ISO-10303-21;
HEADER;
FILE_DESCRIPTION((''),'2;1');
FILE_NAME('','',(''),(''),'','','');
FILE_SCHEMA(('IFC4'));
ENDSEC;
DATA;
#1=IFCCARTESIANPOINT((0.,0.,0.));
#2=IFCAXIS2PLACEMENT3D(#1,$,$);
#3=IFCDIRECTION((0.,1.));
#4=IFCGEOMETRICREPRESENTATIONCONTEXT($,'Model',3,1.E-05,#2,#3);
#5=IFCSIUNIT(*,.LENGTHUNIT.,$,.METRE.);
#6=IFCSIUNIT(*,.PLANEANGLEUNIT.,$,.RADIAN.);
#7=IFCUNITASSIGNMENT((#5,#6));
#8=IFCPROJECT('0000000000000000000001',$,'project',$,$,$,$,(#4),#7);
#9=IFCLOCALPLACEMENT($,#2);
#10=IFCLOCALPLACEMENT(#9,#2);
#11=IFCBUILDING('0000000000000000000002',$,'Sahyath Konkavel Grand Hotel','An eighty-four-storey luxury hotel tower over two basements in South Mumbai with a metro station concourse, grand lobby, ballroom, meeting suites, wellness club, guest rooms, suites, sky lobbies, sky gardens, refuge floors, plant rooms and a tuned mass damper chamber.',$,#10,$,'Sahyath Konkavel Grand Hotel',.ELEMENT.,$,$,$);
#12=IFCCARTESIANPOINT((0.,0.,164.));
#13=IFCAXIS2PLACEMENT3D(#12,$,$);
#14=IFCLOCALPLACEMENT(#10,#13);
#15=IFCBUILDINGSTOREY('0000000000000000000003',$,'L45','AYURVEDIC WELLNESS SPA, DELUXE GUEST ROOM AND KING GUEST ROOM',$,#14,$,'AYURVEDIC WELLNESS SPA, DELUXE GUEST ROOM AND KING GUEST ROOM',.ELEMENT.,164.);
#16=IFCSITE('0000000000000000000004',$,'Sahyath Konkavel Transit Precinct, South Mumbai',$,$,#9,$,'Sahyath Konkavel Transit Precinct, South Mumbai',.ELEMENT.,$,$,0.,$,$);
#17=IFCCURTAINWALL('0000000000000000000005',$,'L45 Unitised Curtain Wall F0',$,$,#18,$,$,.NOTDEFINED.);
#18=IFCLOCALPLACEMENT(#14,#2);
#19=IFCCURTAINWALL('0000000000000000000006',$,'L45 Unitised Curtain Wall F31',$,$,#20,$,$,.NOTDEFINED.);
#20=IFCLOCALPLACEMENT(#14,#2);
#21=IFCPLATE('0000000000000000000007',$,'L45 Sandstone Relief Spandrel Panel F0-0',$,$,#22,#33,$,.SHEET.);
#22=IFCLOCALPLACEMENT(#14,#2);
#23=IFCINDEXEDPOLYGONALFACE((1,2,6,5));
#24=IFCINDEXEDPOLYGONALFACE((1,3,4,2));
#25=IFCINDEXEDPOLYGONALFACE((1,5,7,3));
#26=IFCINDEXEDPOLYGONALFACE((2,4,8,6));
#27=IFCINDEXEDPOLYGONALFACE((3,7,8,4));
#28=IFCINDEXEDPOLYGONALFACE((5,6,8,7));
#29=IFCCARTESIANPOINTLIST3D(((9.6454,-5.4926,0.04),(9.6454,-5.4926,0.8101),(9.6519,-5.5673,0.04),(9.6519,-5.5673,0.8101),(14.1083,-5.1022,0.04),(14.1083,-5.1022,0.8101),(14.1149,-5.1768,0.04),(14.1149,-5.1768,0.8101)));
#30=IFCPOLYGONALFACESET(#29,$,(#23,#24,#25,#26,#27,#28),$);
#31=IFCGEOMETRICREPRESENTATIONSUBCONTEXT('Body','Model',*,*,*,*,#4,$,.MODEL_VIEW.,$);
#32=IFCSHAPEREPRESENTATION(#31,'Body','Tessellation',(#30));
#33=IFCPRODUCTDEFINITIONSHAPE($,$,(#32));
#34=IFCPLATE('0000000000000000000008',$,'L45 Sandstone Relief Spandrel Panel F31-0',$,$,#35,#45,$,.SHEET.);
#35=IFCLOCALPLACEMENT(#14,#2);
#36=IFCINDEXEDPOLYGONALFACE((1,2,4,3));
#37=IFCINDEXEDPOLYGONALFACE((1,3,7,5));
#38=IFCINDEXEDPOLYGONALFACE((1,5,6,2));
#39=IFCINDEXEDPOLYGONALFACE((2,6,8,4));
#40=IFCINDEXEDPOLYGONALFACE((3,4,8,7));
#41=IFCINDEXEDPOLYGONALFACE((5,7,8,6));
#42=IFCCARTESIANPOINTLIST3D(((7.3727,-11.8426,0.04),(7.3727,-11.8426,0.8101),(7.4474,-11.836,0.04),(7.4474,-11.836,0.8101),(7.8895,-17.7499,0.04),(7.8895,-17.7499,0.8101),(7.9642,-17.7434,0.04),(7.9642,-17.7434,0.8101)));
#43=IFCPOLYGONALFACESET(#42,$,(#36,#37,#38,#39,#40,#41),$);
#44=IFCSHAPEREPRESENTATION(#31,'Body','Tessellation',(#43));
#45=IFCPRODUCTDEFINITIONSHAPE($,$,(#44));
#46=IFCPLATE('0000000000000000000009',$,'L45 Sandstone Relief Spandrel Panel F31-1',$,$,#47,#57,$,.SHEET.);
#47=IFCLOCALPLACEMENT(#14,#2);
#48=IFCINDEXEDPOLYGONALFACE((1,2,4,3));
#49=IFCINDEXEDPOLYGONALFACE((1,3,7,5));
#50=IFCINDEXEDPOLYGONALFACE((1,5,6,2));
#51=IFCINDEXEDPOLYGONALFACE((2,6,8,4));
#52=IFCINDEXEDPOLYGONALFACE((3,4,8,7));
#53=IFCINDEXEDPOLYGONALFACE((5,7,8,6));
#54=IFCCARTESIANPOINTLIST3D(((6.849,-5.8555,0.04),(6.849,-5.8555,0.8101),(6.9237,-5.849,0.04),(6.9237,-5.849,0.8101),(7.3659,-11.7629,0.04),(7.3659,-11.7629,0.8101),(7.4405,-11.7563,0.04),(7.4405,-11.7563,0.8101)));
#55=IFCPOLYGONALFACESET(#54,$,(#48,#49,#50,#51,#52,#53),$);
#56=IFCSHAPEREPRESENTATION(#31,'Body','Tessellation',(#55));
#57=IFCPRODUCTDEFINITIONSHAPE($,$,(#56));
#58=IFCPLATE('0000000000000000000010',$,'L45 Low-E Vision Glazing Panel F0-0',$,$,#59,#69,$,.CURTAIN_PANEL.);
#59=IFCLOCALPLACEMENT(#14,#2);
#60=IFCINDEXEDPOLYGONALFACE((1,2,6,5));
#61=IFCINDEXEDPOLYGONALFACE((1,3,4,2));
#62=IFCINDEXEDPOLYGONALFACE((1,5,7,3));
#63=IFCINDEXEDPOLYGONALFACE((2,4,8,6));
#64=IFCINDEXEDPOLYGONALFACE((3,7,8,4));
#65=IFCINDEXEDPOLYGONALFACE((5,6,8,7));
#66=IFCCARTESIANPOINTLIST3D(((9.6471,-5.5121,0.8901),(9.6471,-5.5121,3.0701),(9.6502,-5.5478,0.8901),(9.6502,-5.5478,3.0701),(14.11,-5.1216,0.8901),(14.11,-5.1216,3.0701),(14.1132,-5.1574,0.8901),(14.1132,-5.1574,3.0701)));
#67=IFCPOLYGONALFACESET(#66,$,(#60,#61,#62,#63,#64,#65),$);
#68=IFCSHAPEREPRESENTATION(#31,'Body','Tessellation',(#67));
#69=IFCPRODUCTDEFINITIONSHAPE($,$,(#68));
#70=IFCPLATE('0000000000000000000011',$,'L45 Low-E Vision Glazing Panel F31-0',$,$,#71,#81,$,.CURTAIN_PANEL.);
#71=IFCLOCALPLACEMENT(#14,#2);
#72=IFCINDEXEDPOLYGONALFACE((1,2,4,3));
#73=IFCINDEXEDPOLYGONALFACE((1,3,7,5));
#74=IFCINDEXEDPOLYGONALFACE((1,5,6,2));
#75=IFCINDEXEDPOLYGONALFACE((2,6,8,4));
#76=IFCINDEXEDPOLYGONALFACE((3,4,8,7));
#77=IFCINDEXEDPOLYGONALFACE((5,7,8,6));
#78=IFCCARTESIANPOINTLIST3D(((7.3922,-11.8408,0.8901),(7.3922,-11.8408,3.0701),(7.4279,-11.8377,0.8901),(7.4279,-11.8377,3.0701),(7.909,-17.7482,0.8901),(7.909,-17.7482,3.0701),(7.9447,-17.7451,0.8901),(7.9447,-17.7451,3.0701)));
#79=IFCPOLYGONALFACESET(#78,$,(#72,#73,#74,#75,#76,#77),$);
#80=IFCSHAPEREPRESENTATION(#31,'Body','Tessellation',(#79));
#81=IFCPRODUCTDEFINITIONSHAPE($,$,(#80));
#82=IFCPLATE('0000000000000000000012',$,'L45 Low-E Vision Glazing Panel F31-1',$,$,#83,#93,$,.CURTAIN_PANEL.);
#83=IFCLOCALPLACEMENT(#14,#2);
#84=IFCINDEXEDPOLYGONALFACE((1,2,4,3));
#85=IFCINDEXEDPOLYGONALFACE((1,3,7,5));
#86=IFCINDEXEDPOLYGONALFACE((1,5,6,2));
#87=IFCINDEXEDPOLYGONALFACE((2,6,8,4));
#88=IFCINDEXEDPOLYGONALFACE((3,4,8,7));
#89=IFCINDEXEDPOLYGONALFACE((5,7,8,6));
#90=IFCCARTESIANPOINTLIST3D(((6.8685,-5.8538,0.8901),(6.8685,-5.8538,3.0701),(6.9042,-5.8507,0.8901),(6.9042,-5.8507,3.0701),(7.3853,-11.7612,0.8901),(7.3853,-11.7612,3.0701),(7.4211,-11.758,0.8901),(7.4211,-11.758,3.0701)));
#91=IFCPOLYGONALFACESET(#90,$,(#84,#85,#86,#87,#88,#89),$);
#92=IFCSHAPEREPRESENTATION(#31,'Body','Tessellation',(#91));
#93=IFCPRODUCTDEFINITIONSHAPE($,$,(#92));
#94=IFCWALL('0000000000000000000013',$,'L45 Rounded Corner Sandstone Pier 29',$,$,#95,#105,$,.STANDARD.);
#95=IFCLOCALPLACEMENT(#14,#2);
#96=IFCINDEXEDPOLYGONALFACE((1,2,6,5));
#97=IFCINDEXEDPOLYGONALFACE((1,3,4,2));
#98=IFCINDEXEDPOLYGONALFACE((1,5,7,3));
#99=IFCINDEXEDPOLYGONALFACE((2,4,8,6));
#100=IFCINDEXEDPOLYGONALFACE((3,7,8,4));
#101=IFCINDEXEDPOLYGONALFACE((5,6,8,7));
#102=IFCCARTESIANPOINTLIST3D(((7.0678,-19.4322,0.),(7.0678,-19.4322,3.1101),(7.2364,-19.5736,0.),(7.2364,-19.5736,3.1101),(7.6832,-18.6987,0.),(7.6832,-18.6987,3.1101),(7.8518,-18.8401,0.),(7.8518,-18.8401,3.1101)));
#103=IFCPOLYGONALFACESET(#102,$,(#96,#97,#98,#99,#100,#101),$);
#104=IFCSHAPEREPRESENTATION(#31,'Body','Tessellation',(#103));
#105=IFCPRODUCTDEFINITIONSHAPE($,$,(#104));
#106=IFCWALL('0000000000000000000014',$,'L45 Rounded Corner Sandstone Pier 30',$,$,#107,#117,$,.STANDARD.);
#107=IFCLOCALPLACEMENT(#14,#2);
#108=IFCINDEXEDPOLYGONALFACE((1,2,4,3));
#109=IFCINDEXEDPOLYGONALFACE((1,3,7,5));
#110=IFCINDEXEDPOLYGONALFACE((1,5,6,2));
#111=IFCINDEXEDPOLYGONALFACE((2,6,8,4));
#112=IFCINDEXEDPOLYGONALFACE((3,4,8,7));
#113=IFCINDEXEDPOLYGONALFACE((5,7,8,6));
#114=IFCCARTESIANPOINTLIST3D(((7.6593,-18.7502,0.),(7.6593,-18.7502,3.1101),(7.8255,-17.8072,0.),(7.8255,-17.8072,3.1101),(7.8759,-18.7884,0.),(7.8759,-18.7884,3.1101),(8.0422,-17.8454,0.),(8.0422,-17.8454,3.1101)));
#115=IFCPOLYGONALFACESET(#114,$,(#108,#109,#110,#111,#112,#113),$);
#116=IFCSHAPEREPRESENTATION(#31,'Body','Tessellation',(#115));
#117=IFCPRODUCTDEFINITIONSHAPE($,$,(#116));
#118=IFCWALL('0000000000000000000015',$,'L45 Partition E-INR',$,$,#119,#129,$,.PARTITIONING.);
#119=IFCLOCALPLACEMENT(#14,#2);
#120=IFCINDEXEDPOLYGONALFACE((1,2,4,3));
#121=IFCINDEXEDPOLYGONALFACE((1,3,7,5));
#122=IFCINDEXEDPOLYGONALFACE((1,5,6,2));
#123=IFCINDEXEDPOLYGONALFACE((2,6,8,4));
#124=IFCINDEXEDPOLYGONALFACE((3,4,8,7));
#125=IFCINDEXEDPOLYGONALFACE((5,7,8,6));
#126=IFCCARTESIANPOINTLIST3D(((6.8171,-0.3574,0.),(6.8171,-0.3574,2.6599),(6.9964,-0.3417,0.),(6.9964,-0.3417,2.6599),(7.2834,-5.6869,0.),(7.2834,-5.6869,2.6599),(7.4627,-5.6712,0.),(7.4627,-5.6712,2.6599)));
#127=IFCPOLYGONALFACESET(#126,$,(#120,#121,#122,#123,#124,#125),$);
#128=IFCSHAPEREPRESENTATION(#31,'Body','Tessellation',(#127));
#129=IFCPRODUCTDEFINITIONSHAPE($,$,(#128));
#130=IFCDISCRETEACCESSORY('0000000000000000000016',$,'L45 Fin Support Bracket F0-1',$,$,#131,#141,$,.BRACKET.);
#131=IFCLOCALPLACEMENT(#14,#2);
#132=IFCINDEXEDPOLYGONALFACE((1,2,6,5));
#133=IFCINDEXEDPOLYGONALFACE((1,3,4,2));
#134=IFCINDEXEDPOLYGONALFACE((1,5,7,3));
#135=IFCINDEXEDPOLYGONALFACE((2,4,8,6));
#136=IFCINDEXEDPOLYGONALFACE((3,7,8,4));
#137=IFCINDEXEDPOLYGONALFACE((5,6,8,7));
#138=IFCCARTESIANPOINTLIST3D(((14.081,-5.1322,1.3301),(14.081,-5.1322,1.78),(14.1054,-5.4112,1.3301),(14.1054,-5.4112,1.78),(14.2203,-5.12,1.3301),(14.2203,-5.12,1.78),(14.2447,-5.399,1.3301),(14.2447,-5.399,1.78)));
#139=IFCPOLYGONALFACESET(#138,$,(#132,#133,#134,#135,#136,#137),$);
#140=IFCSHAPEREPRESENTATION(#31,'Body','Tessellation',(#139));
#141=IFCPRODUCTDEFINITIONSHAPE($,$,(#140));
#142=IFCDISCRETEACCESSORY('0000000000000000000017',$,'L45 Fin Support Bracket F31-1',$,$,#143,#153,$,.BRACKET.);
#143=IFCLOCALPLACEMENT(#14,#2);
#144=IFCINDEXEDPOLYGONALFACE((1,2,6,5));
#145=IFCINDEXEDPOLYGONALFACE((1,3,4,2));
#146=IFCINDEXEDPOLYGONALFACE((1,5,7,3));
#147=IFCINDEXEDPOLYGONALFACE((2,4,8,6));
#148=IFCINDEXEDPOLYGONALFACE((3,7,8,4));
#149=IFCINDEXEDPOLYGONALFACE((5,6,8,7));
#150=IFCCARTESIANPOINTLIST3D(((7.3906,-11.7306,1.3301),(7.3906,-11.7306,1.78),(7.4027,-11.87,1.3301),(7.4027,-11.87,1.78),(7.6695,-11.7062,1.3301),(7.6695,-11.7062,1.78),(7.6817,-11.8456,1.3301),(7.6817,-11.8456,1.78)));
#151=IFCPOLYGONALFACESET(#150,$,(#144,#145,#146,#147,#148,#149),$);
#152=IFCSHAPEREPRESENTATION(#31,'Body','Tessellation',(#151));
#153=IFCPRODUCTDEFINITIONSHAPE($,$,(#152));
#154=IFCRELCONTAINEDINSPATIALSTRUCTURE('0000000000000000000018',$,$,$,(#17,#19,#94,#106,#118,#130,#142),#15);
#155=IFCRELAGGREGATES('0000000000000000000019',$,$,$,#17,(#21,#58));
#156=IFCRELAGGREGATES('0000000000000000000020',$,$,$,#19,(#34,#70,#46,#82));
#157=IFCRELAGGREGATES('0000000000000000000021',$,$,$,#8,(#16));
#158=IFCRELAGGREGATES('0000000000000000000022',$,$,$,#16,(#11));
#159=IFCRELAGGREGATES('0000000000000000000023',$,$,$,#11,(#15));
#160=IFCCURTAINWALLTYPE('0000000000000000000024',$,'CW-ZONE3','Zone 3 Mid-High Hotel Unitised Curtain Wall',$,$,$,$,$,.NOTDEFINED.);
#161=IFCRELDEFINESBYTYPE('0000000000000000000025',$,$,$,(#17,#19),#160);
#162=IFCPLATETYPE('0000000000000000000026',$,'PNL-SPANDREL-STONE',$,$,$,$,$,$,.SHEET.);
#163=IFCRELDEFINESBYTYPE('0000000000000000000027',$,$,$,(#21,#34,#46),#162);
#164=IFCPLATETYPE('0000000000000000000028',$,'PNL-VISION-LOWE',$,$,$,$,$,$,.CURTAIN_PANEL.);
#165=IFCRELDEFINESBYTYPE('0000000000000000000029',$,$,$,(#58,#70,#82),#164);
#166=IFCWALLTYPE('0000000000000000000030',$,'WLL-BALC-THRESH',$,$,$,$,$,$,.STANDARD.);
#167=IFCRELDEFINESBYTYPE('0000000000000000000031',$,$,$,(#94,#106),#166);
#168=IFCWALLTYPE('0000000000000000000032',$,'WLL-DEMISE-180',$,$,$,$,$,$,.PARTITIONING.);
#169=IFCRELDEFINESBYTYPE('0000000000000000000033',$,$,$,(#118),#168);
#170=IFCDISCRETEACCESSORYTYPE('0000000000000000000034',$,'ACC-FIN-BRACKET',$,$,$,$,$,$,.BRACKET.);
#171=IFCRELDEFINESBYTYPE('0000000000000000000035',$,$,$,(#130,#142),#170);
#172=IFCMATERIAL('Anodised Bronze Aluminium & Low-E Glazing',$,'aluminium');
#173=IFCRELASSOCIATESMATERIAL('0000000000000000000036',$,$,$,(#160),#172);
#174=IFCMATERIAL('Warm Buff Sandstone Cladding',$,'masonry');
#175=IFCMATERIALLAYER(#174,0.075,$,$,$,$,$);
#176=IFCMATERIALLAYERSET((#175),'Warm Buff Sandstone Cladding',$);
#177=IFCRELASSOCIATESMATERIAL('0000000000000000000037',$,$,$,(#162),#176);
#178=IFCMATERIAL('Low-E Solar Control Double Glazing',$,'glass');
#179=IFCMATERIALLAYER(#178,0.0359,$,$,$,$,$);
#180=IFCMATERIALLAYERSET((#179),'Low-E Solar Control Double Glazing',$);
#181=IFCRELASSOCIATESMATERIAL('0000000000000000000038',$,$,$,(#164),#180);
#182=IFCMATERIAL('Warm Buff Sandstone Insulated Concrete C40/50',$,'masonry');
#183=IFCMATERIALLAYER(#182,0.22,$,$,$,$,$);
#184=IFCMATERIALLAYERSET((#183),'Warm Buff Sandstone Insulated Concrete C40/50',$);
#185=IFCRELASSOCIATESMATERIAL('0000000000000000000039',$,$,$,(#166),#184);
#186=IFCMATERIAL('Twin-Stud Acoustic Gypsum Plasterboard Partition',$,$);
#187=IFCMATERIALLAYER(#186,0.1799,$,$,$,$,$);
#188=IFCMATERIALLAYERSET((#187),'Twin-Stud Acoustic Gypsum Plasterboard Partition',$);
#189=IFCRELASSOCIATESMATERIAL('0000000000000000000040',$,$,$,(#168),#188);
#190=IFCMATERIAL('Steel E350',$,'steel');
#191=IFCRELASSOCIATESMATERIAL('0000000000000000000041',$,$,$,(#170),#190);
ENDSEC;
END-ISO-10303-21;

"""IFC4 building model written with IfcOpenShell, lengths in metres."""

from ifc_helpers import new_model, si_unit, direction, frame, frame_2d, origin, origin_2d, place, context, subcontext, project, spatial, rectangle, extrude, source, transform, mapped, material, layer, layer_set, type_object, element, aggregate, save


model = new_model("IFC4")

# Units and contexts
model_context = context("Model", 3, precision=1e-05, world=origin(), true_north=direction((0.0, 1.0)))
body_context = subcontext(model_context, "Body", "Model", "MODEL_VIEW")
ifc_project = project(units=[si_unit("LENGTHUNIT", "METRE"), si_unit("PLANEANGLEUNIT", "RADIAN")], contexts=[model_context])

# Site, building, storey
site_placement = place(None, origin())
site = spatial("IfcSite", under=ifc_project, at=site_placement, Name="Sahyath Konkavel Transit Precinct, South Mumbai", LongName="Sahyath Konkavel Transit Precinct, South Mumbai", CompositionType="ELEMENT", RefElevation=0.0)
building_placement = place(site_placement, origin())
building = spatial("IfcBuilding", under=site, at=building_placement, Name="Sahyath Konkavel Grand Hotel", Description="An eighty-four-storey luxury hotel tower over two basements in South Mumbai with a metro station concourse, grand lobby, ballroom, meeting suites, wellness club, guest rooms, suites, sky lobbies, sky gardens, refuge floors, plant rooms and a tuned mass damper chamber.", LongName="Sahyath Konkavel Grand Hotel", CompositionType="ELEMENT")
storey_placement = place(building_placement, frame((0.0, 0.0, 164.0)))
storey = spatial("IfcBuildingStorey", under=building, at=storey_placement, Name="L45", Description="AYURVEDIC WELLNESS SPA, DELUXE GUEST ROOM AND KING GUEST ROOM", LongName="AYURVEDIC WELLNESS SPA, DELUXE GUEST ROOM AND KING GUEST ROOM", CompositionType="ELEMENT", Elevation=164.0)

# Curtain walls
ifc_material_1 = material(Name="Anodised Bronze Aluminium & Low-E Glazing", Category="aluminium")
curtain_wall_type = type_object("IfcCurtainWallType", Name="CW-ZONE3", Description="Zone 3 Mid-High Hotel Unitised Curtain Wall", PredefinedType="NOTDEFINED", material=ifc_material_1)
curtain_wall_1_placement = place(storey_placement, origin())
curtain_wall_1 = element("IfcCurtainWall", 1, at=curtain_wall_1_placement, inside=storey, type_object=curtain_wall_type, Name="L45 Unitised Curtain Wall F0", PredefinedType="NOTDEFINED")
curtain_wall_2_placement = place(storey_placement, origin())
curtain_wall_2 = element("IfcCurtainWall", 2, at=curtain_wall_2_placement, inside=storey, type_object=curtain_wall_type, Name="L45 Unitised Curtain Wall F31", PredefinedType="NOTDEFINED")

# Plates
ifc_material_2 = material(Name="Warm Buff Sandstone Cladding", Category="masonry")
ifc_layer_1 = layer(ifc_material_2, 0.075)
ifc_layer_set_1 = layer_set([ifc_layer_1], Name="Warm Buff Sandstone Cladding")
plate_type_1 = type_object("IfcPlateType", Name="PNL-SPANDREL-STONE", PredefinedType="SHEET", material=ifc_layer_set_1)
shared_shape_1 = source(origin(), body_context, "Body", "SweptSolid", [
    extrude(rectangle(XDim=4.48, YDim=0.075, at=origin_2d()), origin(), (0.0, 0.0, 1.0), 0.77),
])
plate_1_placement = place(storey_placement, frame((11.8801, -5.3347, 0.04), z_axis=(0.0, 0.0, 1.0), x_axis=(0.996195, 0.087156, 0.0)))
plate_1 = element("IfcPlate", 3, at=plate_1_placement, type_object=plate_type_1, Name="L45 Sandstone Relief Spandrel Panel F0-0", PredefinedType="SHEET", context=body_context, shape_type="MappedRepresentation", body=[
    mapped(shared_shape_1, transform((0.0, 0.0, 0.0), scale=1.0)),
])
shared_shape_2 = source(origin(), body_context, "Body", "SweptSolid", [
    extrude(rectangle(XDim=5.9299, YDim=0.075, at=origin_2d()), origin(), (0.0, 0.0, 1.0), 0.77),
])
plate_2_placement = place(storey_placement, frame((7.6685, -14.793, 0.04), z_axis=(0.0, 0.0, 1.0), x_axis=(-0.087156, 0.996195, 0.0)))
plate_2 = element("IfcPlate", 4, at=plate_2_placement, type_object=plate_type_1, Name="L45 Sandstone Relief Spandrel Panel F31-0", PredefinedType="SHEET", context=body_context, shape_type="MappedRepresentation", body=[
    mapped(shared_shape_2, transform((0.0, 0.0, 0.0), scale=1.0)),
])
plate_3_placement = place(storey_placement, frame((7.1448, -8.8059, 0.04), z_axis=(0.0, 0.0, 1.0), x_axis=(-0.087156, 0.996195, 0.0)))
plate_3 = element("IfcPlate", 5, at=plate_3_placement, type_object=plate_type_1, Name="L45 Sandstone Relief Spandrel Panel F31-1", PredefinedType="SHEET", context=body_context, shape_type="MappedRepresentation", body=[
    mapped(shared_shape_2, transform((0.0, 0.0, 0.0), scale=1.0)),
])
ifc_material_3 = material(Name="Low-E Solar Control Double Glazing", Category="glass")
ifc_layer_2 = layer(ifc_material_3, 0.0359)
ifc_layer_set_2 = layer_set([ifc_layer_2], Name="Low-E Solar Control Double Glazing")
plate_type_2 = type_object("IfcPlateType", Name="PNL-VISION-LOWE", PredefinedType="CURTAIN_PANEL", material=ifc_layer_set_2)
shared_shape_3 = source(origin(), body_context, "Body", "SweptSolid", [
    extrude(rectangle(XDim=4.48, YDim=0.0359, at=origin_2d()), origin(), (0.0, 0.0, 1.0), 2.1799),
])
plate_4_placement = place(storey_placement, frame((11.8801, -5.3347, 0.8901), z_axis=(0.0, 0.0, 1.0), x_axis=(0.996195, 0.087156, 0.0)))
plate_4 = element("IfcPlate", 6, at=plate_4_placement, type_object=plate_type_2, Name="L45 Low-E Vision Glazing Panel F0-0", PredefinedType="CURTAIN_PANEL", context=body_context, shape_type="MappedRepresentation", body=[
    mapped(shared_shape_3, transform((0.0, 0.0, 0.0), scale=1.0)),
])
aggregate(curtain_wall_1, [plate_1, plate_4])
shared_shape_4 = source(origin(), body_context, "Body", "SweptSolid", [
    extrude(rectangle(XDim=5.9299, YDim=0.0359, at=origin_2d()), origin(), (0.0, 0.0, 1.0), 2.1799),
])
plate_5_placement = place(storey_placement, frame((7.6685, -14.793, 0.8901), z_axis=(0.0, 0.0, 1.0), x_axis=(-0.087156, 0.996195, 0.0)))
plate_5 = element("IfcPlate", 7, at=plate_5_placement, type_object=plate_type_2, Name="L45 Low-E Vision Glazing Panel F31-0", PredefinedType="CURTAIN_PANEL", context=body_context, shape_type="MappedRepresentation", body=[
    mapped(shared_shape_4, transform((0.0, 0.0, 0.0), scale=1.0)),
])
plate_6_placement = place(storey_placement, frame((7.1448, -8.8059, 0.8901), z_axis=(0.0, 0.0, 1.0), x_axis=(-0.087156, 0.996195, 0.0)))
plate_6 = element("IfcPlate", 8, at=plate_6_placement, type_object=plate_type_2, Name="L45 Low-E Vision Glazing Panel F31-1", PredefinedType="CURTAIN_PANEL", context=body_context, shape_type="MappedRepresentation", body=[
    mapped(shared_shape_4, transform((0.0, 0.0, 0.0), scale=1.0)),
])
aggregate(curtain_wall_2, [plate_2, plate_5, plate_3, plate_6])

# Walls
ifc_material_4 = material(Name="Warm Buff Sandstone Insulated Concrete C40/50", Category="masonry")
ifc_layer_3 = layer(ifc_material_4, 0.22)
ifc_layer_set_3 = layer_set([ifc_layer_3], Name="Warm Buff Sandstone Insulated Concrete C40/50")
wall_type_1 = type_object("IfcWallType", Name="WLL-BALC-THRESH", PredefinedType="STANDARD", material=ifc_layer_set_3)
for number, where, z_axis, x_axis, name in (
    (9, (7.1521, -19.5029, 0.0), (0.0, 0.0, 1.0), (0.642714, 0.766107, 0.0), "L45 Rounded Corner Sandstone Pier 29"),
    (10, (7.7676, -18.7693, 0.0), (0.0, 0.0, 1.0), (0.173654, 0.984807, 0.0), "L45 Rounded Corner Sandstone Pier 30"),
):
    element("IfcWall", number, at=place(storey_placement, frame(where, z_axis=z_axis, x_axis=x_axis)), inside=storey, type_object=wall_type_1, Name=name, PredefinedType="STANDARD", context=body_context, shape_type="SweptSolid", body=[
        extrude(rectangle(XDim=0.9575, YDim=0.22, at=frame_2d((0.4788, 0.0))), origin(), (0.0, 0.0, 1.0), 3.1101),
    ])
ifc_material_5 = material(Name="Twin-Stud Acoustic Gypsum Plasterboard Partition")
ifc_layer_4 = layer(ifc_material_5, 0.1799)
ifc_layer_set_4 = layer_set([ifc_layer_4], Name="Twin-Stud Acoustic Gypsum Plasterboard Partition")
wall_type_2 = type_object("IfcWallType", Name="WLL-DEMISE-180", PredefinedType="PARTITIONING", material=ifc_layer_set_4)
wall_placement = place(storey_placement, frame((7.373, -5.679, 0.0), z_axis=(0.0, 0.0, 1.0), x_axis=(-0.087161, 0.996194, 0.0)))
element("IfcWall", 11, at=wall_placement, inside=storey, type_object=wall_type_2, Name="L45 Partition E-INR", PredefinedType="PARTITIONING", context=body_context, shape_type="SweptSolid", body=[
    extrude(rectangle(XDim=5.3499, YDim=0.1799, at=frame_2d((2.6748, 0.0))), origin(), (0.0, 0.0, 1.0), 2.6599),
])

# Discrete accessories
ifc_material_6 = material(Name="Steel E350", Category="steel")
discrete_accessory_type = type_object("IfcDiscreteAccessoryType", Name="ACC-FIN-BRACKET", PredefinedType="BRACKET", material=ifc_material_6)
shared_shape_5 = source(origin(), body_context, "Body", "SweptSolid", [
    extrude(rectangle(XDim=0.28, YDim=0.1399, at=origin_2d()), origin(), (0.0, 0.0, 1.0), 0.45),
])
for number, where, z_axis, x_axis, name in (
    (12, (14.1628, -5.2656, 1.3301), (0.0, 0.0, 1.0), (0.087156, -0.996195, 0.0), "L45 Fin Support Bracket F0-1"),
    (13, (7.5361, -11.7881, 1.3301), (0.0, 0.0, 1.0), (0.996195, 0.087156, 0.0), "L45 Fin Support Bracket F31-1"),
):
    element("IfcDiscreteAccessory", number, at=place(storey_placement, frame(where, z_axis=z_axis, x_axis=x_axis)), inside=storey, type_object=discrete_accessory_type, Name=name, PredefinedType="BRACKET", context=body_context, shape_type="MappedRepresentation", body=[
        mapped(shared_shape_5, transform((0.0, 0.0, 0.0), scale=1.0)),
    ])

save(model, "model.ifc")
